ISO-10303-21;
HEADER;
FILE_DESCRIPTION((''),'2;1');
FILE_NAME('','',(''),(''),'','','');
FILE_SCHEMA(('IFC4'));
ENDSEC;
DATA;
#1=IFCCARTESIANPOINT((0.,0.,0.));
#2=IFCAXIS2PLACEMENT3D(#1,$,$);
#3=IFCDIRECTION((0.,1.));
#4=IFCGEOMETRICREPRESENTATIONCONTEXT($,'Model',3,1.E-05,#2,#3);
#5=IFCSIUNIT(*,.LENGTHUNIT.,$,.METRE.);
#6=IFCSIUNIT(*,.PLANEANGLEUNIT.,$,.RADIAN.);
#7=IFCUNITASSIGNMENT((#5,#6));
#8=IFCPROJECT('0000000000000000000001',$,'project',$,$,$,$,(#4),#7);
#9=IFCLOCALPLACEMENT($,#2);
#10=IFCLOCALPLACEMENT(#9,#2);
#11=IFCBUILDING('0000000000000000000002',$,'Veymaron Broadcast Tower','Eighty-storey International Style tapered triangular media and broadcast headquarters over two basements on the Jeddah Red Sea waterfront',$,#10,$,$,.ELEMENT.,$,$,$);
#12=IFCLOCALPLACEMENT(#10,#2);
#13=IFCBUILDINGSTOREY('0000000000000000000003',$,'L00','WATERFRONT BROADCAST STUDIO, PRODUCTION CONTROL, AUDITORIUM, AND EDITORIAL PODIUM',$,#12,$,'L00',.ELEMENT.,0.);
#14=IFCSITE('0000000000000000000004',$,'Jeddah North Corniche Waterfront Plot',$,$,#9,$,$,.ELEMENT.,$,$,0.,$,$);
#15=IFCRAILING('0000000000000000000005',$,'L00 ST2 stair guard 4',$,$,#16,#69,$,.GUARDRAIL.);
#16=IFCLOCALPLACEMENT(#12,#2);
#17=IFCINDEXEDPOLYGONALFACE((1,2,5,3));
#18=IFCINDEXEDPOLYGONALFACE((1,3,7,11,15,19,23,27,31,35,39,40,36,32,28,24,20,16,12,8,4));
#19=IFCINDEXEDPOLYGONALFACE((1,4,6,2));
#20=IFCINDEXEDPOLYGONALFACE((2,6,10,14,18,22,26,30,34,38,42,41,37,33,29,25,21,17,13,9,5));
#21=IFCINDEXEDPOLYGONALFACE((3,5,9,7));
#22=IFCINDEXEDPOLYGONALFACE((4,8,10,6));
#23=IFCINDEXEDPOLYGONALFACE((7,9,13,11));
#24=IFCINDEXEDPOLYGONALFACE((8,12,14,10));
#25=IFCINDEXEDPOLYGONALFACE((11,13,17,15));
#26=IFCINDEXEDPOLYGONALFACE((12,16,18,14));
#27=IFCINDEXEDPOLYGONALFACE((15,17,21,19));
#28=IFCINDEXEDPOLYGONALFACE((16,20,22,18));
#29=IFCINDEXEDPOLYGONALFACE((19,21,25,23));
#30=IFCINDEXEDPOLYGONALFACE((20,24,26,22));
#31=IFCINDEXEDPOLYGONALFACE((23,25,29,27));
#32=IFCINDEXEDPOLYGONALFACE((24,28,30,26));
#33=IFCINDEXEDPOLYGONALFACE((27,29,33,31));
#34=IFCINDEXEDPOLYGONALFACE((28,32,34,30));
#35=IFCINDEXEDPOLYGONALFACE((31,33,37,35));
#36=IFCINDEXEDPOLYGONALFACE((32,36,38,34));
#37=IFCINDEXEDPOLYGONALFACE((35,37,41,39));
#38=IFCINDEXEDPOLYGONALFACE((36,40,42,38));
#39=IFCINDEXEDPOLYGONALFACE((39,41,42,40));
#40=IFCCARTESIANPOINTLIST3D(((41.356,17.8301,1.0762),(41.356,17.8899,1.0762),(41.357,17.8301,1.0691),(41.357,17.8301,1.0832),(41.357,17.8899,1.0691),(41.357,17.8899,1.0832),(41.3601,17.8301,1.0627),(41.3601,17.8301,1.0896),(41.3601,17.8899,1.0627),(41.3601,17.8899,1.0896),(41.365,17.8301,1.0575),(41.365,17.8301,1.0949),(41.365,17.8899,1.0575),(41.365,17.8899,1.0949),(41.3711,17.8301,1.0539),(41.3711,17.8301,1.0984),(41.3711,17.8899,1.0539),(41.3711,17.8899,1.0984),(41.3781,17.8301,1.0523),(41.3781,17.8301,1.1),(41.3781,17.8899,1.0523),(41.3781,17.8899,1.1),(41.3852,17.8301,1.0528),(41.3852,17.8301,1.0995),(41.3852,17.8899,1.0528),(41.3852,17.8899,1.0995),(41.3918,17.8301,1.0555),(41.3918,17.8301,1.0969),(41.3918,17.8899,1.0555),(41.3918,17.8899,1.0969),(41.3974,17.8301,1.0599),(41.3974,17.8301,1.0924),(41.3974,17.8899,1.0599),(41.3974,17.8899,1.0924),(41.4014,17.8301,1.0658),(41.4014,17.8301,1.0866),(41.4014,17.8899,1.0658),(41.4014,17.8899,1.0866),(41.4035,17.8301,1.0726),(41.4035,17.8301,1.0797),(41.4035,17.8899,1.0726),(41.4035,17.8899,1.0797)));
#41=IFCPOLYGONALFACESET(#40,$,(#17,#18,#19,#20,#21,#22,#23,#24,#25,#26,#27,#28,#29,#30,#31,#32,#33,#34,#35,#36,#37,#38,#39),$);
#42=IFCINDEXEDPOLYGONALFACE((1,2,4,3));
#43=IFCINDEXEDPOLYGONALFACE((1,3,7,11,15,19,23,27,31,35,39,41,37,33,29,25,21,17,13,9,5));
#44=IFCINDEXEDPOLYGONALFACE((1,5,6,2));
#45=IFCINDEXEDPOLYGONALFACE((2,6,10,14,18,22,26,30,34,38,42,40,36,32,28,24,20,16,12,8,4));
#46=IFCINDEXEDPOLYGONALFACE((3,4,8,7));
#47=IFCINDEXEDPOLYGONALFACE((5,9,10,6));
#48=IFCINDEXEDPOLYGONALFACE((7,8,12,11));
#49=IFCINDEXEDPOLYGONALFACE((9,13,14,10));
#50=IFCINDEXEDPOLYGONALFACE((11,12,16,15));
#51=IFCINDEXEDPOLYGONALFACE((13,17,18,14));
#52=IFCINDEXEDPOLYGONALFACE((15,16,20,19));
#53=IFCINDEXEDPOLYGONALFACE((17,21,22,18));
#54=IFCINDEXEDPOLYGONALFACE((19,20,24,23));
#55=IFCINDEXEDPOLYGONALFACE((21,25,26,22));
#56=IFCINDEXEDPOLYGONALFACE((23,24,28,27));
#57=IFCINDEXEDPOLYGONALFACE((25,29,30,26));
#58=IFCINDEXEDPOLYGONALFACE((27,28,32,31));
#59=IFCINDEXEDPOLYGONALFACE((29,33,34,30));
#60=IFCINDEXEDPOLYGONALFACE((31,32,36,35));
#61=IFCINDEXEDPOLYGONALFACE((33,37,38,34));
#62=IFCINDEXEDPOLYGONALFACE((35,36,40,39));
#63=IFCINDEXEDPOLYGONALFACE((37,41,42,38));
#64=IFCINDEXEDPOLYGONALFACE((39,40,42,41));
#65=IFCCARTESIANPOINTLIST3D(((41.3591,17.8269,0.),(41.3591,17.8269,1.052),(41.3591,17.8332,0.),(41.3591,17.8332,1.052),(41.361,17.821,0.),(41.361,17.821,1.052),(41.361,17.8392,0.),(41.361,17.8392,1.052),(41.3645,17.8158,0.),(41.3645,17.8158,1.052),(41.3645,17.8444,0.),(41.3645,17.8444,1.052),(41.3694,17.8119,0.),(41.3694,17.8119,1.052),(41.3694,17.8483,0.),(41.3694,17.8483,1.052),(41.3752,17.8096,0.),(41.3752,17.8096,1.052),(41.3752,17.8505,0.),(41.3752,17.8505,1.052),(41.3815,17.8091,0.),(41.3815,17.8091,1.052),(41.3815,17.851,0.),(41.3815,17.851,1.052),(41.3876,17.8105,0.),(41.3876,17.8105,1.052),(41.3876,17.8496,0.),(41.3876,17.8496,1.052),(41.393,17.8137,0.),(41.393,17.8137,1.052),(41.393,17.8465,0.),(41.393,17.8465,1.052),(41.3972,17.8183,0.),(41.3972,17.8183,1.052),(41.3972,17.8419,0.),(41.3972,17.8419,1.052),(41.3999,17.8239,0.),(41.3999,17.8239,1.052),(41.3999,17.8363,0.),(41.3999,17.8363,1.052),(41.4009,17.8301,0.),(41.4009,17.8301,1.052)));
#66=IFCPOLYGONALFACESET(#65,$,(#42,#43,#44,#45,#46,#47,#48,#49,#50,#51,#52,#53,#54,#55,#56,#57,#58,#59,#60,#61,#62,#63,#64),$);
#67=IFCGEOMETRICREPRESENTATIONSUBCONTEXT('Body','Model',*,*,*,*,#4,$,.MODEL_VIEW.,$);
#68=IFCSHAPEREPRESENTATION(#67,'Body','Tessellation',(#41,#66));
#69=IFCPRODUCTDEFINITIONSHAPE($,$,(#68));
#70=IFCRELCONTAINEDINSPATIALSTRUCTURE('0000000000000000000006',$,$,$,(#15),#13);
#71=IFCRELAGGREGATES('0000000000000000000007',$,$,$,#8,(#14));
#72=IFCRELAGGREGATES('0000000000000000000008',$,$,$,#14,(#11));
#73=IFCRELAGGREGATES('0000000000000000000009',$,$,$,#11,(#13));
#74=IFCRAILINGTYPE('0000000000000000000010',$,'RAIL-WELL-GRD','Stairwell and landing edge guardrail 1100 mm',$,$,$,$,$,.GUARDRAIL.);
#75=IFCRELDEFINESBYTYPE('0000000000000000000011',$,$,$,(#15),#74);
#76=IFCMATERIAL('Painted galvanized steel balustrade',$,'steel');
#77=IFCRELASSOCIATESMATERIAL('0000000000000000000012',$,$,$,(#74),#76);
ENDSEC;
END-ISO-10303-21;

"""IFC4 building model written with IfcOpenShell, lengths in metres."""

from ifc_helpers import new_model, si_unit, direction, frame, origin, origin_2d, place, context, subcontext, project, spatial, circle, extrude, material, type_object, element, save


model = new_model("IFC4")

# Units and contexts
model_context = context("Model", 3, precision=1e-05, world=origin(), true_north=direction((0.0, 1.0)))
body_context = subcontext(model_context, "Body", "Model", "MODEL_VIEW")
ifc_project = project(units=[si_unit("LENGTHUNIT", "METRE"), si_unit("PLANEANGLEUNIT", "RADIAN")], contexts=[model_context])

# Site, building, storey
site_placement = place(None, origin())
site = spatial("IfcSite", under=ifc_project, at=site_placement, Name="Jeddah North Corniche Waterfront Plot", CompositionType="ELEMENT", RefElevation=0.0)
building_placement = place(site_placement, origin())
building = spatial("IfcBuilding", under=site, at=building_placement, Name="Veymaron Broadcast Tower", Description="Eighty-storey International Style tapered triangular media and broadcast headquarters over two basements on the Jeddah Red Sea waterfront", CompositionType="ELEMENT")
storey_placement = place(building_placement, origin())
storey = spatial("IfcBuildingStorey", under=building, at=storey_placement, Name="L00", Description="WATERFRONT BROADCAST STUDIO, PRODUCTION CONTROL, AUDITORIUM, AND EDITORIAL PODIUM", LongName="L00", CompositionType="ELEMENT", Elevation=0.0)

# Railing
ifc_material_1 = material(Name="Painted galvanized steel balustrade", Category="steel")
railing_type_1 = type_object("IfcRailingType", Name="RAIL-WELL-GRD", Description="Stairwell and landing edge guardrail 1100 mm", PredefinedType="GUARDRAIL", material=ifc_material_1)
railing_1_placement = place(storey_placement, frame((41.3799, 17.8301, 0.0)))
element("IfcRailing", 1, at=railing_1_placement, inside=storey, type_object=railing_type_1, Name="L00 ST2 stair guard 4", PredefinedType="GUARDRAIL", context=body_context, shape_type="SweptSolid", body=[
    extrude(circle(Radius=0.0239, at=origin_2d()), frame((0.0, 0.0, 1.0762), z_axis=(0.0, 1.0, 0.0), x_axis=(-1.0, 0.0, 0.0)), (0.0, 0.0, 1.0), 0.0598),
    extrude(circle(Radius=0.021, at=origin_2d()), origin(), (0.0, 0.0, 1.0), 1.052),
])

save(model, "model.ifc")
